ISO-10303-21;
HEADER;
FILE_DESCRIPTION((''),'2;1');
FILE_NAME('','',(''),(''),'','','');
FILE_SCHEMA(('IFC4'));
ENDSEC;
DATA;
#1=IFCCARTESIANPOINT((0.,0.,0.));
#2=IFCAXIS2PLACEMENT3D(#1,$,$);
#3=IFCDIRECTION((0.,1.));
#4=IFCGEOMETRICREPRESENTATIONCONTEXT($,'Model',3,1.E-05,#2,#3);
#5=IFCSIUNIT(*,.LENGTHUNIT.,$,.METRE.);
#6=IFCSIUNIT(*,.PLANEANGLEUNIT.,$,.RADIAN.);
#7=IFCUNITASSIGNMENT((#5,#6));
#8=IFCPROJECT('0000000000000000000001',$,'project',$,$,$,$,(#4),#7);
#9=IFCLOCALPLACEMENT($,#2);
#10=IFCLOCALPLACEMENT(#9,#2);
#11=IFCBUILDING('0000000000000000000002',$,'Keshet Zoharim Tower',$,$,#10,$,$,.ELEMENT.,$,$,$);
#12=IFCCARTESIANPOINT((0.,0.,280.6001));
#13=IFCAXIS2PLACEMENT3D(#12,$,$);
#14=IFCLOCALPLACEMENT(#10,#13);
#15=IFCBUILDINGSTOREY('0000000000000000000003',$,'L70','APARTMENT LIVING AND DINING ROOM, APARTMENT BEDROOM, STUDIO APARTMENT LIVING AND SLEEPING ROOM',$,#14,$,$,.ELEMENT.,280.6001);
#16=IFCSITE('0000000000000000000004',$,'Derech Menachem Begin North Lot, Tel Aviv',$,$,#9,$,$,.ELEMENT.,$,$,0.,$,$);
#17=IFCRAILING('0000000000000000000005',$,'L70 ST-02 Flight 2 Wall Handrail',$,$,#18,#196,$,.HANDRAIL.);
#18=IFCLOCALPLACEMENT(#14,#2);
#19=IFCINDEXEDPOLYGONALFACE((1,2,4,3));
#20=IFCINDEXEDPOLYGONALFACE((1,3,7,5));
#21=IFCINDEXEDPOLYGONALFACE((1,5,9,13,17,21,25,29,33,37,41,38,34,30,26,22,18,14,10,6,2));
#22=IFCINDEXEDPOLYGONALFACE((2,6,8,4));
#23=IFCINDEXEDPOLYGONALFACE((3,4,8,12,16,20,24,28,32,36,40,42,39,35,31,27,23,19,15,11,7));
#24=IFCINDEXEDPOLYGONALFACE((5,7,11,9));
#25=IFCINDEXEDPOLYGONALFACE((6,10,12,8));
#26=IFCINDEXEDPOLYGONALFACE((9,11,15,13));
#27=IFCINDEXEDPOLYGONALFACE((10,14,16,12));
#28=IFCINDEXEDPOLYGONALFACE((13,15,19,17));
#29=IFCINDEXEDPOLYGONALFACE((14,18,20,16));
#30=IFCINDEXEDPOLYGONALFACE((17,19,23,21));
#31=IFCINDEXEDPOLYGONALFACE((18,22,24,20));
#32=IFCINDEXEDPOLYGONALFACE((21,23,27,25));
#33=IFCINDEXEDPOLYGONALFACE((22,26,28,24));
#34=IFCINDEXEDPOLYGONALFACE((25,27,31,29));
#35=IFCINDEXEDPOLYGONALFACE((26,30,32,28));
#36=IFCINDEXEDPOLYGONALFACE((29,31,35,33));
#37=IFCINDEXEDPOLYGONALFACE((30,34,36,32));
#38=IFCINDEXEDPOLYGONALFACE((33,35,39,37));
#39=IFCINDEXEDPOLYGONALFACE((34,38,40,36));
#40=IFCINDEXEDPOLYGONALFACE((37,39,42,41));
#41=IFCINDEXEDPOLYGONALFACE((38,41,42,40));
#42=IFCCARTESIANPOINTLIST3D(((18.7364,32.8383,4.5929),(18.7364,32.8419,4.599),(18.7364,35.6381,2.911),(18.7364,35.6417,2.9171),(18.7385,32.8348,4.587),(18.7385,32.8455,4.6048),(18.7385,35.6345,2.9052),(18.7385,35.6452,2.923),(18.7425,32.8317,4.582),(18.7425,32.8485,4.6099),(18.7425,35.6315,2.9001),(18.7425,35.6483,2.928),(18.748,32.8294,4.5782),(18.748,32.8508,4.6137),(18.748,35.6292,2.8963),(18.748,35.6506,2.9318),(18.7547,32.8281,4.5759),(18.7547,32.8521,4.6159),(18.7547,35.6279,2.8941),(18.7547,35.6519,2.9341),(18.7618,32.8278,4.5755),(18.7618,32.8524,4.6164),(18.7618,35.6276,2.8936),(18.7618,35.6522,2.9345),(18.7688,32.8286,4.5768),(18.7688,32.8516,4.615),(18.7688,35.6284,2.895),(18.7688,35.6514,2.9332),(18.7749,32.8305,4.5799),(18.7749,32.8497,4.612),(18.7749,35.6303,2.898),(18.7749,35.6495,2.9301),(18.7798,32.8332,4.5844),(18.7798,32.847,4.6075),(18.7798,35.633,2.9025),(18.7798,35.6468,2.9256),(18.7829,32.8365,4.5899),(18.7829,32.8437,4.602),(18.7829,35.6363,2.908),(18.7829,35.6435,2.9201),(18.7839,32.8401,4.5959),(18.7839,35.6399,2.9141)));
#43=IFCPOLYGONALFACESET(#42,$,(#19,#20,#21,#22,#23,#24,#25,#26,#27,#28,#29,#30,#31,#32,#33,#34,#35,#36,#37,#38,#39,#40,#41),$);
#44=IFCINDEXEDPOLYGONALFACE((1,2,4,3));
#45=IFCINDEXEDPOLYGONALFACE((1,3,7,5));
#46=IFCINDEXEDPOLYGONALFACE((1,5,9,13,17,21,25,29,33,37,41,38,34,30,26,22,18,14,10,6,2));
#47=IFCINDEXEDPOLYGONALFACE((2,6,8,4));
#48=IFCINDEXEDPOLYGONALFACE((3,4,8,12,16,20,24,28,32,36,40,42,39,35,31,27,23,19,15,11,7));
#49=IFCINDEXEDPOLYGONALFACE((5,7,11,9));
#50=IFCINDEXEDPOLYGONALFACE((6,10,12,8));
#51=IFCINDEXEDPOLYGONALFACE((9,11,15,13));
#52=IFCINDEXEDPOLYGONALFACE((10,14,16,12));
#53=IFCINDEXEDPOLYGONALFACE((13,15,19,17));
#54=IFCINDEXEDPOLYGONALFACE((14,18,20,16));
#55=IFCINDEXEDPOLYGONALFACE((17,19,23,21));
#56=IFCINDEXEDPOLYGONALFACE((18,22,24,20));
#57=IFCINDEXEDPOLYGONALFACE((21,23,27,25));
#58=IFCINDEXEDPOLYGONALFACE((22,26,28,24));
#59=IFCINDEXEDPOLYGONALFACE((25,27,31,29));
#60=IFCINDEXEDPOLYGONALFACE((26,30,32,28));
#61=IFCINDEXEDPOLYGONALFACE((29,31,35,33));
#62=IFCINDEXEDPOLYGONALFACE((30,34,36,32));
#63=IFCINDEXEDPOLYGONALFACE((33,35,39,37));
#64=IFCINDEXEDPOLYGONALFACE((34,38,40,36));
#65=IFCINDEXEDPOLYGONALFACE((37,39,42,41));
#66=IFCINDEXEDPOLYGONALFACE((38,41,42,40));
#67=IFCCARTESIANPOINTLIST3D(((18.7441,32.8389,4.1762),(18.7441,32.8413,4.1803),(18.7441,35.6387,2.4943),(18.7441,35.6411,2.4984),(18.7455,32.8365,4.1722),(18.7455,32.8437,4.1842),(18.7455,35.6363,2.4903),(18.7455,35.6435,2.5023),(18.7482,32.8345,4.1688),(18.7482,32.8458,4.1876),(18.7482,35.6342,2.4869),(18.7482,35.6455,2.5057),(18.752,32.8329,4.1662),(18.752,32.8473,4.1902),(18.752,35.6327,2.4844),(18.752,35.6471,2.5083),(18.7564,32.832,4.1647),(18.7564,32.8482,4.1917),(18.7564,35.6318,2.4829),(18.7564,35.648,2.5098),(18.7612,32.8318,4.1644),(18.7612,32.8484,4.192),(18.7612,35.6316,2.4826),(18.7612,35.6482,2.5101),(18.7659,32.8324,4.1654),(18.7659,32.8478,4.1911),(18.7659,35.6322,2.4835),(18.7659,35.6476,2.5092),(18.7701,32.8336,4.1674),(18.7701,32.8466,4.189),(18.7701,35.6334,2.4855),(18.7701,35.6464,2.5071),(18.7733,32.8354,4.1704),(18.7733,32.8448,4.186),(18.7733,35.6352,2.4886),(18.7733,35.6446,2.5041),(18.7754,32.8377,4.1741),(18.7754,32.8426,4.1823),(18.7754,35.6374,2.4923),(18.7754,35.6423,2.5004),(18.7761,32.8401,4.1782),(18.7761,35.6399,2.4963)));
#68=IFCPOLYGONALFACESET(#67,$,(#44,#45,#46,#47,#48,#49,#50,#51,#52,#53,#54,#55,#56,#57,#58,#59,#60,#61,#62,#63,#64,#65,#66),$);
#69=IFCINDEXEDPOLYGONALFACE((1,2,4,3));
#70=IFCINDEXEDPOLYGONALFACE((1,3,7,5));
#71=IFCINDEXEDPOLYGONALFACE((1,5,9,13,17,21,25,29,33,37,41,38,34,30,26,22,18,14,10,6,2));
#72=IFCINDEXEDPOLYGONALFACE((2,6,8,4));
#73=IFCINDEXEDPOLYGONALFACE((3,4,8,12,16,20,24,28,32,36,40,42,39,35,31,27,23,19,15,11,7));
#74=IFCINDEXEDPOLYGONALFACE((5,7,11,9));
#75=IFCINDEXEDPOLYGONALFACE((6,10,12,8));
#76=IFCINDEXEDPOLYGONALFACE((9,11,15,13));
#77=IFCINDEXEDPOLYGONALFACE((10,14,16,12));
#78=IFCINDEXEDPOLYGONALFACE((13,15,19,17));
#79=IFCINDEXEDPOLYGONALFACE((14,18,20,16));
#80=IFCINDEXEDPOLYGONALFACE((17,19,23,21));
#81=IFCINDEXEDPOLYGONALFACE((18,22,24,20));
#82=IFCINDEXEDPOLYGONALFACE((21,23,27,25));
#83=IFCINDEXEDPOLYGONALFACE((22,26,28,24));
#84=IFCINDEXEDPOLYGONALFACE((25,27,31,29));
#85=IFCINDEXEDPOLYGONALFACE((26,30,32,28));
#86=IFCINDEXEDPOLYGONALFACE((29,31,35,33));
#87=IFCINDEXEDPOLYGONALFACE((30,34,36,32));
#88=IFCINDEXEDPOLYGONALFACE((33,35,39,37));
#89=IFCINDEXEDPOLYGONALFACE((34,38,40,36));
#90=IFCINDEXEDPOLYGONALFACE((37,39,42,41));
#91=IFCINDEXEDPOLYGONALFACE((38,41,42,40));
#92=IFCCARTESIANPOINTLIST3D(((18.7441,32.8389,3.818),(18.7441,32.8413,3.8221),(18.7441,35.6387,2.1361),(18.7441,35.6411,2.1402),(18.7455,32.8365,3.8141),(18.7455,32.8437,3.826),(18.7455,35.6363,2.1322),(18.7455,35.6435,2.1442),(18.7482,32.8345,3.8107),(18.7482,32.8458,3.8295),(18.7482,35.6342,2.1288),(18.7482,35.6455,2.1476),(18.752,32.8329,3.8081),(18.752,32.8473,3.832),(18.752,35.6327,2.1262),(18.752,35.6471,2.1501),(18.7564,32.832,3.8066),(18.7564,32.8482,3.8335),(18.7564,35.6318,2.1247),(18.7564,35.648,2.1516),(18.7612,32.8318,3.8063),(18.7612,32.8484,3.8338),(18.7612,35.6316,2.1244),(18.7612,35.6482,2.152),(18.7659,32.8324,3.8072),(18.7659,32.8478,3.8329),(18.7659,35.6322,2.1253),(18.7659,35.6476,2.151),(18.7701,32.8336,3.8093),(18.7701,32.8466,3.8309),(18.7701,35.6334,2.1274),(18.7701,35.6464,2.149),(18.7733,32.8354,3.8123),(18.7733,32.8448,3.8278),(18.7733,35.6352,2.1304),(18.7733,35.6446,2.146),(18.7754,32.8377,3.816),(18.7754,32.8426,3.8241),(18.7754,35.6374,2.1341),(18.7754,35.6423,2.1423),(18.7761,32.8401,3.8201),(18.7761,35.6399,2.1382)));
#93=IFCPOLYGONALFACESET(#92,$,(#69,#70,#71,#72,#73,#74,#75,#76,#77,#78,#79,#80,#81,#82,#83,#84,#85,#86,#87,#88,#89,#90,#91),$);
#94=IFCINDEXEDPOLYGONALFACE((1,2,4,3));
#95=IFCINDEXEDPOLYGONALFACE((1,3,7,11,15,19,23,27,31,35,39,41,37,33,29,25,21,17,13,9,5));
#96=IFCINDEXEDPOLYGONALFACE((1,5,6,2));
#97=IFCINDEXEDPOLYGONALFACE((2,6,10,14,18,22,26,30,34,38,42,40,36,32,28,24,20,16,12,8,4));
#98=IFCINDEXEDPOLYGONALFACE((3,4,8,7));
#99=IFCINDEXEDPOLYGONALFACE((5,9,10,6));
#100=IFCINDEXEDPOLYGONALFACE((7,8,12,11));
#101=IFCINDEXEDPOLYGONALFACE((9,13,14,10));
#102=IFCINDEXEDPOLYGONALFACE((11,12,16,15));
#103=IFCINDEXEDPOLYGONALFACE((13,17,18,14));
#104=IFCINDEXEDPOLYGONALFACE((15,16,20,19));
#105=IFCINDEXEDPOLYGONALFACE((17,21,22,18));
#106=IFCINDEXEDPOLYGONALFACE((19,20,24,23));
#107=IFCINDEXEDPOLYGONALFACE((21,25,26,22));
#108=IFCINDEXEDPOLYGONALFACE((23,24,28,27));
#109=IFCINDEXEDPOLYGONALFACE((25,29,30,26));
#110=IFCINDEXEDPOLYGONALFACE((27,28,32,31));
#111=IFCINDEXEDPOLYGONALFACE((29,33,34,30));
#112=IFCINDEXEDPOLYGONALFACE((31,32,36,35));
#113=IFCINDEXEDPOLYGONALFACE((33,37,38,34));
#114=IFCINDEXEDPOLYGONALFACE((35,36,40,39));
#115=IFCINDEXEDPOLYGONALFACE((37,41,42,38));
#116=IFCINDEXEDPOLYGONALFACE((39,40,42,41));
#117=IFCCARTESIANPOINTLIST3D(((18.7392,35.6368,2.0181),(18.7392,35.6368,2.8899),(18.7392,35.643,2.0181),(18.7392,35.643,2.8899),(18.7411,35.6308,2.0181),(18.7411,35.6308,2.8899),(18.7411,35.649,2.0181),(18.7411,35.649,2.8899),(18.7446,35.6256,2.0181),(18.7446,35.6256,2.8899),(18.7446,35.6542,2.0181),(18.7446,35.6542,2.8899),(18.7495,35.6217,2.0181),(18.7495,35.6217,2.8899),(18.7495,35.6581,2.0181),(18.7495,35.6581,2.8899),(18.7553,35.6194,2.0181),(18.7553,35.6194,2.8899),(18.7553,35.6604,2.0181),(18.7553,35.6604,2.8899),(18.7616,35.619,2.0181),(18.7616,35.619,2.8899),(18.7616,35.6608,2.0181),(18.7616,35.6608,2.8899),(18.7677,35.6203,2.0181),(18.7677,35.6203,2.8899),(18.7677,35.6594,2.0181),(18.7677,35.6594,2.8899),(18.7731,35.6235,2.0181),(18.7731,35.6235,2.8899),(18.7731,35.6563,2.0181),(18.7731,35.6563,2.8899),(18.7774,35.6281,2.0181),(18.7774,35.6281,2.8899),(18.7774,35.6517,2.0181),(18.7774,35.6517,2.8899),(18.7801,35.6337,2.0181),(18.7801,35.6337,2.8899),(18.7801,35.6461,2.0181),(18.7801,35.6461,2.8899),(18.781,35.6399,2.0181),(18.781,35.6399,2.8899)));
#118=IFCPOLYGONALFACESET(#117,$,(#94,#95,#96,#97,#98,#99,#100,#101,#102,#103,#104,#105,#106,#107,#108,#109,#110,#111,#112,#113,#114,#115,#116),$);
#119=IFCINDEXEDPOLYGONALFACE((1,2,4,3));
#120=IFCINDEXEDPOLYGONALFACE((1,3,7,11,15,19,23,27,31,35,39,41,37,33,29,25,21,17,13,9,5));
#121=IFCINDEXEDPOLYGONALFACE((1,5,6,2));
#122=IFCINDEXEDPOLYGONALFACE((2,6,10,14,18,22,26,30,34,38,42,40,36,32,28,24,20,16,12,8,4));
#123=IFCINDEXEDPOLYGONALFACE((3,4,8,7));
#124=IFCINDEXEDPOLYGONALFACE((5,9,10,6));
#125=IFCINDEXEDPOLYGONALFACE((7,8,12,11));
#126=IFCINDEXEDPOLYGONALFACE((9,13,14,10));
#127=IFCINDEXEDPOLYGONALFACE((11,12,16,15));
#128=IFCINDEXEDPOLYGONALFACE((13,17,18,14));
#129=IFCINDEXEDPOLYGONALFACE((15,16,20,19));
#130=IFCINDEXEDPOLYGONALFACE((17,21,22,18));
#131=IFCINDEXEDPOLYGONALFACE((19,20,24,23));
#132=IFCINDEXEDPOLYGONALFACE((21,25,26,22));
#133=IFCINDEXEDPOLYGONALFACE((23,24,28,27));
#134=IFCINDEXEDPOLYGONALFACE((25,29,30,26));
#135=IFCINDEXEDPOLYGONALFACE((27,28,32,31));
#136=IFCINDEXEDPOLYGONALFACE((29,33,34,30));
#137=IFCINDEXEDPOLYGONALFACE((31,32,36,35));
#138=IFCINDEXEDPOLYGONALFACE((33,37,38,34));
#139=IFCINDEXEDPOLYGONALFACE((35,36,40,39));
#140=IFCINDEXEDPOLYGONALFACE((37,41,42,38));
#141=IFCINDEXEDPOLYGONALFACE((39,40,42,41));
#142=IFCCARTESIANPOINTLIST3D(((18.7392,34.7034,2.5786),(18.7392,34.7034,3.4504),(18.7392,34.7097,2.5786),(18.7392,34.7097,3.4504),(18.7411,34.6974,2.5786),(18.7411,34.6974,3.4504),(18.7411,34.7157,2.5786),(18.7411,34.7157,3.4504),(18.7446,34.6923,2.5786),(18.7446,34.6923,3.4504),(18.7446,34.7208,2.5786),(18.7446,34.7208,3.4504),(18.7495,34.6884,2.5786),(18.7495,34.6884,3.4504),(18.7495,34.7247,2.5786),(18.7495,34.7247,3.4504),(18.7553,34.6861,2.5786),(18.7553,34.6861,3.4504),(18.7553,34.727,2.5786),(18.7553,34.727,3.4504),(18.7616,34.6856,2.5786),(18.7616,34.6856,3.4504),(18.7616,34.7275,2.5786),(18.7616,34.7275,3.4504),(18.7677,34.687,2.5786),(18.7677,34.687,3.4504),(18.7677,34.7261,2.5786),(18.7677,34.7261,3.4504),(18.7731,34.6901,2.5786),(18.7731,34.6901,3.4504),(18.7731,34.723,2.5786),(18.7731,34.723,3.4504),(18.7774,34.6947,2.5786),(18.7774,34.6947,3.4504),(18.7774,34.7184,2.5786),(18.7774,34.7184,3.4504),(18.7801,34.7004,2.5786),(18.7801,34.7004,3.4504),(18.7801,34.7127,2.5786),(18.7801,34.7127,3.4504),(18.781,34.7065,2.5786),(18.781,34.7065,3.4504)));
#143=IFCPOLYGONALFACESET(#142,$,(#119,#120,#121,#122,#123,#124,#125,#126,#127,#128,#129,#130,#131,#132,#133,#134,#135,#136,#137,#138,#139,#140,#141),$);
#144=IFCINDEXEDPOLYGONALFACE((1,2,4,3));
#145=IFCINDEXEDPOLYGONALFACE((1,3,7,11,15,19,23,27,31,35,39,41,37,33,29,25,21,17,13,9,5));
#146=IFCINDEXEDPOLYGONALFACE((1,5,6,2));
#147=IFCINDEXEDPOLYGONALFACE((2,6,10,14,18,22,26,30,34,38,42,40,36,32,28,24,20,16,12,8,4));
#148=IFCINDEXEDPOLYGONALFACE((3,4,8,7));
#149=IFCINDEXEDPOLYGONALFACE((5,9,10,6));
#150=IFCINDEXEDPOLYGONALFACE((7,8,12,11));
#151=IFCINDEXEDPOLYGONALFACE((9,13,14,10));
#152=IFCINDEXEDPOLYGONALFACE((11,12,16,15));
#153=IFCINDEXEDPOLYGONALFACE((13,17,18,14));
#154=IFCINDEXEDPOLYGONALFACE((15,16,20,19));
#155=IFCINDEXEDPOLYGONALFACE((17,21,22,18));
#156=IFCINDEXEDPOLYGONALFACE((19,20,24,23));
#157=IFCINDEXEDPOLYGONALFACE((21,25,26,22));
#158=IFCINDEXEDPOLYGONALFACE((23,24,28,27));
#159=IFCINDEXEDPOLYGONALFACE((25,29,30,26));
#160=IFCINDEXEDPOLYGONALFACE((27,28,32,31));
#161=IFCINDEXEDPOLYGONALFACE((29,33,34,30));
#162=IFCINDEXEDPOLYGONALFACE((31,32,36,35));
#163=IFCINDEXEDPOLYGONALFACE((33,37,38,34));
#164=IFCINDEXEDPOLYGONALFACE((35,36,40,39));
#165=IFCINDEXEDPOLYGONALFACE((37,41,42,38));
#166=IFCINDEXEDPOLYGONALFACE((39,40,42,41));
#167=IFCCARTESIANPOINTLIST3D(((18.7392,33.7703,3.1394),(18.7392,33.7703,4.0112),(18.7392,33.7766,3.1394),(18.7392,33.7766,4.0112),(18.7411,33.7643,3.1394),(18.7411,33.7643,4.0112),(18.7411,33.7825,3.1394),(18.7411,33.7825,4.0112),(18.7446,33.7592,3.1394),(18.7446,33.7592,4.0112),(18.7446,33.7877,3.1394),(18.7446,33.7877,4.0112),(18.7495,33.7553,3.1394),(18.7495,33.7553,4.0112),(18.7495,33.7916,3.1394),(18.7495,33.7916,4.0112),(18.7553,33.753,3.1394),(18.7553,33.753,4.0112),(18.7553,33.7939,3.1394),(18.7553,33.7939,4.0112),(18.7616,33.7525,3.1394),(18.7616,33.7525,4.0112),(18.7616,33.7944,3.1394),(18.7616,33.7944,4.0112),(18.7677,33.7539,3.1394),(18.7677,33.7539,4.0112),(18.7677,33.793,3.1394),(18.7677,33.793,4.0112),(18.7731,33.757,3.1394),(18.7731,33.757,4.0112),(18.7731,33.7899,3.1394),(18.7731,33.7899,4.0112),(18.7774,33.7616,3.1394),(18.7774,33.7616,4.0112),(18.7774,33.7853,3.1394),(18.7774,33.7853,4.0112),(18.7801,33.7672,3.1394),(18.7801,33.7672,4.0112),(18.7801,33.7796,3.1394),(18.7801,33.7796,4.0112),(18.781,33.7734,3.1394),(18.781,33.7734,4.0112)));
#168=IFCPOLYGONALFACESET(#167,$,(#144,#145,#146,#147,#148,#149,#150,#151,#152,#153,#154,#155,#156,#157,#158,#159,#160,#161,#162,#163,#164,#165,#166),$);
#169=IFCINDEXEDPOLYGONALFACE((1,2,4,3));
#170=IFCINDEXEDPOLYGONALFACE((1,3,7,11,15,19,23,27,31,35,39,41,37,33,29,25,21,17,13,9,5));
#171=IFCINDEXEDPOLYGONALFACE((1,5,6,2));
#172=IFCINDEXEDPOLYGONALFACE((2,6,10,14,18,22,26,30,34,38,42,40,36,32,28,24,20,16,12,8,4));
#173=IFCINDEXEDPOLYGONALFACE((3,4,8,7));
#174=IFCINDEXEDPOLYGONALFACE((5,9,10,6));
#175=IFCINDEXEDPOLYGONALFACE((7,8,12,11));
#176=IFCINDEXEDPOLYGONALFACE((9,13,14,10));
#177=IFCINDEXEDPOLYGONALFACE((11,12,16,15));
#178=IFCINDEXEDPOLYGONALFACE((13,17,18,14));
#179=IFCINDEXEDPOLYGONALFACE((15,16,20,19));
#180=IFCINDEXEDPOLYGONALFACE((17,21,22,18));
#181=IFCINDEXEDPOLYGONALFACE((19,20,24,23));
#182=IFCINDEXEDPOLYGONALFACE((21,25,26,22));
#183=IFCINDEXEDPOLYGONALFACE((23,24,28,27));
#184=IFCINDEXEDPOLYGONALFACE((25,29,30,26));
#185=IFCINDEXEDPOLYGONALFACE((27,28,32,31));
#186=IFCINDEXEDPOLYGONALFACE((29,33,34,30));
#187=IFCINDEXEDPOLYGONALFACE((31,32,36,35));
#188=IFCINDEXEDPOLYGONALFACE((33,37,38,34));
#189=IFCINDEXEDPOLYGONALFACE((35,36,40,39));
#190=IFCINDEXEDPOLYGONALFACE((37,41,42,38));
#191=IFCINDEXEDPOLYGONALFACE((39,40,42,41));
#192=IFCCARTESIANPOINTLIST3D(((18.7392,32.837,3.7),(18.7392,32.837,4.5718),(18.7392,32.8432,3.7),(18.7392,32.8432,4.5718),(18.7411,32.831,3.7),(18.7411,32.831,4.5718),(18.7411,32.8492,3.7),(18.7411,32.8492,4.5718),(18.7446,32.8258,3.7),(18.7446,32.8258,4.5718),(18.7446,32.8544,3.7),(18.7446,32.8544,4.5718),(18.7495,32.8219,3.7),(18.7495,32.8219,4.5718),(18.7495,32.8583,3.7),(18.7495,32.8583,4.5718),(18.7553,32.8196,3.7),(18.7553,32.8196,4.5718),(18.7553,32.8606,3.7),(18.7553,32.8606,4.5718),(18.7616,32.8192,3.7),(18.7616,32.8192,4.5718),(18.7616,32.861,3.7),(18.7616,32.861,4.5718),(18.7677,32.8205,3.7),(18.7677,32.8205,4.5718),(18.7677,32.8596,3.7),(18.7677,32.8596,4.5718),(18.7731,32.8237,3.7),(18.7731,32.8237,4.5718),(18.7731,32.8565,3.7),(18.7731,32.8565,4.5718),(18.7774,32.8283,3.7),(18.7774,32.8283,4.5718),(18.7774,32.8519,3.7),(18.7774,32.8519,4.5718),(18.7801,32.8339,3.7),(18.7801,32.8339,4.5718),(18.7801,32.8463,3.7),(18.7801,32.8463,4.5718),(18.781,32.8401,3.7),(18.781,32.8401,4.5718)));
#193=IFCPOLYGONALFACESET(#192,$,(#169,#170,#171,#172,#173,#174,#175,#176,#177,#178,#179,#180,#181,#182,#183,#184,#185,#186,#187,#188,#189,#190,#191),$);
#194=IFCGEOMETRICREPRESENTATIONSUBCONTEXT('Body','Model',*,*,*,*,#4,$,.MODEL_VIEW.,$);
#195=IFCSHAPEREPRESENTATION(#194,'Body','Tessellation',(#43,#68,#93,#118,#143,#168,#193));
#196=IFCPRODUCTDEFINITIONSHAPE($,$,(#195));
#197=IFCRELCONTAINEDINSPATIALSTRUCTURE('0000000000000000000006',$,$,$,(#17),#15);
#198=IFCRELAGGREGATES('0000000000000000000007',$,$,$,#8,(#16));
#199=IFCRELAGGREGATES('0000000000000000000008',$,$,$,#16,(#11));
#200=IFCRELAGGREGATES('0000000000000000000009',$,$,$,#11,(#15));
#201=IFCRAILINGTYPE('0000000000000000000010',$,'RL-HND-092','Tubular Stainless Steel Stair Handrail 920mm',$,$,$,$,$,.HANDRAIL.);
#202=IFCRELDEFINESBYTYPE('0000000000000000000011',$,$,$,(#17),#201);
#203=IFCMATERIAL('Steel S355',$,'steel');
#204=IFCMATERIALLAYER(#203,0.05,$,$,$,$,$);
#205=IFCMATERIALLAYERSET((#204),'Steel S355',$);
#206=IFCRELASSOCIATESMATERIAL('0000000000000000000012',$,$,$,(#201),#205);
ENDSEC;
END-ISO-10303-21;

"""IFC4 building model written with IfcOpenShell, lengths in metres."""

from ifc_helpers import new_model, si_unit, direction, frame, origin, origin_2d, place, context, subcontext, project, spatial, circle, extrude, material, layer, layer_set, type_object, element, save


model = new_model("IFC4")

# Units and contexts
model_context = context("Model", 3, precision=1e-05, world=origin(), true_north=direction((0.0, 1.0)))
body_context = subcontext(model_context, "Body", "Model", "MODEL_VIEW")
ifc_project = project(units=[si_unit("LENGTHUNIT", "METRE"), si_unit("PLANEANGLEUNIT", "RADIAN")], contexts=[model_context])

# Site, building, storey
site_placement = place(None, origin())
site = spatial("IfcSite", under=ifc_project, at=site_placement, Name="Derech Menachem Begin North Lot, Tel Aviv", CompositionType="ELEMENT", RefElevation=0.0)
building_placement = place(site_placement, origin())
building = spatial("IfcBuilding", under=site, at=building_placement, Name="Keshet Zoharim Tower", CompositionType="ELEMENT")
storey_placement = place(building_placement, frame((0.0, 0.0, 280.6001)))
storey = spatial("IfcBuildingStorey", under=building, at=storey_placement, Name="L70", Description="APARTMENT LIVING AND DINING ROOM, APARTMENT BEDROOM, STUDIO APARTMENT LIVING AND SLEEPING ROOM", CompositionType="ELEMENT", Elevation=280.6001)

# Shared definitions
ifc_material_1 = material(Name="Steel S355", Category="steel")

# Railing
ifc_layer_1 = layer(ifc_material_1, 0.05)
ifc_layer_set_1 = layer_set([ifc_layer_1], Name="Steel S355")
railing_type_1 = type_object("IfcRailingType", Name="RL-HND-092", Description="Tubular Stainless Steel Stair Handrail 920mm", PredefinedType="HANDRAIL", material=ifc_layer_set_1)
railing_1_placement = place(storey_placement, frame((18.76, 35.6399, 2.0181)))
element("IfcRailing", 1, at=railing_1_placement, inside=storey, type_object=railing_type_1, Name="L70 ST-02 Flight 2 Wall Handrail", PredefinedType="HANDRAIL", context=body_context, shape_type="SweptSolid", body=[
    extrude(circle(Radius=0.0239, at=origin_2d()), frame((0.0, 0.0, 0.896), z_axis=(0.0, -0.857222, 0.514946), x_axis=(1.0, 0.0, 0.0)), (0.0, 0.0, 1.0), 3.2661),
    extrude(circle(Radius=0.0161, at=origin_2d()), frame((0.0, 0.0, 0.4783), z_axis=(0.0, -0.857222, 0.514946), x_axis=(1.0, 0.0, 0.0)), (0.0, 0.0, 1.0), 3.2661),
    extrude(circle(Radius=0.0161, at=origin_2d()), frame((0.0, 0.0, 0.1201), z_axis=(0.0, -0.857222, 0.514946), x_axis=(1.0, 0.0, 0.0)), (0.0, 0.0, 1.0), 3.2661),
    extrude(circle(Radius=0.021, at=origin_2d()), origin(), (0.0, 0.0, 1.0), 0.8718),
    extrude(circle(Radius=0.021, at=origin_2d()), frame((0.0, -0.9333, 0.5605)), (0.0, 0.0, 1.0), 0.8718),
    extrude(circle(Radius=0.021, at=origin_2d()), frame((0.0, -1.8665, 1.1213)), (0.0, 0.0, 1.0), 0.8718),
    extrude(circle(Radius=0.021, at=origin_2d()), frame((0.0, -2.7998, 1.6819)), (0.0, 0.0, 1.0), 0.8718),
])

save(model, "model.ifc")
